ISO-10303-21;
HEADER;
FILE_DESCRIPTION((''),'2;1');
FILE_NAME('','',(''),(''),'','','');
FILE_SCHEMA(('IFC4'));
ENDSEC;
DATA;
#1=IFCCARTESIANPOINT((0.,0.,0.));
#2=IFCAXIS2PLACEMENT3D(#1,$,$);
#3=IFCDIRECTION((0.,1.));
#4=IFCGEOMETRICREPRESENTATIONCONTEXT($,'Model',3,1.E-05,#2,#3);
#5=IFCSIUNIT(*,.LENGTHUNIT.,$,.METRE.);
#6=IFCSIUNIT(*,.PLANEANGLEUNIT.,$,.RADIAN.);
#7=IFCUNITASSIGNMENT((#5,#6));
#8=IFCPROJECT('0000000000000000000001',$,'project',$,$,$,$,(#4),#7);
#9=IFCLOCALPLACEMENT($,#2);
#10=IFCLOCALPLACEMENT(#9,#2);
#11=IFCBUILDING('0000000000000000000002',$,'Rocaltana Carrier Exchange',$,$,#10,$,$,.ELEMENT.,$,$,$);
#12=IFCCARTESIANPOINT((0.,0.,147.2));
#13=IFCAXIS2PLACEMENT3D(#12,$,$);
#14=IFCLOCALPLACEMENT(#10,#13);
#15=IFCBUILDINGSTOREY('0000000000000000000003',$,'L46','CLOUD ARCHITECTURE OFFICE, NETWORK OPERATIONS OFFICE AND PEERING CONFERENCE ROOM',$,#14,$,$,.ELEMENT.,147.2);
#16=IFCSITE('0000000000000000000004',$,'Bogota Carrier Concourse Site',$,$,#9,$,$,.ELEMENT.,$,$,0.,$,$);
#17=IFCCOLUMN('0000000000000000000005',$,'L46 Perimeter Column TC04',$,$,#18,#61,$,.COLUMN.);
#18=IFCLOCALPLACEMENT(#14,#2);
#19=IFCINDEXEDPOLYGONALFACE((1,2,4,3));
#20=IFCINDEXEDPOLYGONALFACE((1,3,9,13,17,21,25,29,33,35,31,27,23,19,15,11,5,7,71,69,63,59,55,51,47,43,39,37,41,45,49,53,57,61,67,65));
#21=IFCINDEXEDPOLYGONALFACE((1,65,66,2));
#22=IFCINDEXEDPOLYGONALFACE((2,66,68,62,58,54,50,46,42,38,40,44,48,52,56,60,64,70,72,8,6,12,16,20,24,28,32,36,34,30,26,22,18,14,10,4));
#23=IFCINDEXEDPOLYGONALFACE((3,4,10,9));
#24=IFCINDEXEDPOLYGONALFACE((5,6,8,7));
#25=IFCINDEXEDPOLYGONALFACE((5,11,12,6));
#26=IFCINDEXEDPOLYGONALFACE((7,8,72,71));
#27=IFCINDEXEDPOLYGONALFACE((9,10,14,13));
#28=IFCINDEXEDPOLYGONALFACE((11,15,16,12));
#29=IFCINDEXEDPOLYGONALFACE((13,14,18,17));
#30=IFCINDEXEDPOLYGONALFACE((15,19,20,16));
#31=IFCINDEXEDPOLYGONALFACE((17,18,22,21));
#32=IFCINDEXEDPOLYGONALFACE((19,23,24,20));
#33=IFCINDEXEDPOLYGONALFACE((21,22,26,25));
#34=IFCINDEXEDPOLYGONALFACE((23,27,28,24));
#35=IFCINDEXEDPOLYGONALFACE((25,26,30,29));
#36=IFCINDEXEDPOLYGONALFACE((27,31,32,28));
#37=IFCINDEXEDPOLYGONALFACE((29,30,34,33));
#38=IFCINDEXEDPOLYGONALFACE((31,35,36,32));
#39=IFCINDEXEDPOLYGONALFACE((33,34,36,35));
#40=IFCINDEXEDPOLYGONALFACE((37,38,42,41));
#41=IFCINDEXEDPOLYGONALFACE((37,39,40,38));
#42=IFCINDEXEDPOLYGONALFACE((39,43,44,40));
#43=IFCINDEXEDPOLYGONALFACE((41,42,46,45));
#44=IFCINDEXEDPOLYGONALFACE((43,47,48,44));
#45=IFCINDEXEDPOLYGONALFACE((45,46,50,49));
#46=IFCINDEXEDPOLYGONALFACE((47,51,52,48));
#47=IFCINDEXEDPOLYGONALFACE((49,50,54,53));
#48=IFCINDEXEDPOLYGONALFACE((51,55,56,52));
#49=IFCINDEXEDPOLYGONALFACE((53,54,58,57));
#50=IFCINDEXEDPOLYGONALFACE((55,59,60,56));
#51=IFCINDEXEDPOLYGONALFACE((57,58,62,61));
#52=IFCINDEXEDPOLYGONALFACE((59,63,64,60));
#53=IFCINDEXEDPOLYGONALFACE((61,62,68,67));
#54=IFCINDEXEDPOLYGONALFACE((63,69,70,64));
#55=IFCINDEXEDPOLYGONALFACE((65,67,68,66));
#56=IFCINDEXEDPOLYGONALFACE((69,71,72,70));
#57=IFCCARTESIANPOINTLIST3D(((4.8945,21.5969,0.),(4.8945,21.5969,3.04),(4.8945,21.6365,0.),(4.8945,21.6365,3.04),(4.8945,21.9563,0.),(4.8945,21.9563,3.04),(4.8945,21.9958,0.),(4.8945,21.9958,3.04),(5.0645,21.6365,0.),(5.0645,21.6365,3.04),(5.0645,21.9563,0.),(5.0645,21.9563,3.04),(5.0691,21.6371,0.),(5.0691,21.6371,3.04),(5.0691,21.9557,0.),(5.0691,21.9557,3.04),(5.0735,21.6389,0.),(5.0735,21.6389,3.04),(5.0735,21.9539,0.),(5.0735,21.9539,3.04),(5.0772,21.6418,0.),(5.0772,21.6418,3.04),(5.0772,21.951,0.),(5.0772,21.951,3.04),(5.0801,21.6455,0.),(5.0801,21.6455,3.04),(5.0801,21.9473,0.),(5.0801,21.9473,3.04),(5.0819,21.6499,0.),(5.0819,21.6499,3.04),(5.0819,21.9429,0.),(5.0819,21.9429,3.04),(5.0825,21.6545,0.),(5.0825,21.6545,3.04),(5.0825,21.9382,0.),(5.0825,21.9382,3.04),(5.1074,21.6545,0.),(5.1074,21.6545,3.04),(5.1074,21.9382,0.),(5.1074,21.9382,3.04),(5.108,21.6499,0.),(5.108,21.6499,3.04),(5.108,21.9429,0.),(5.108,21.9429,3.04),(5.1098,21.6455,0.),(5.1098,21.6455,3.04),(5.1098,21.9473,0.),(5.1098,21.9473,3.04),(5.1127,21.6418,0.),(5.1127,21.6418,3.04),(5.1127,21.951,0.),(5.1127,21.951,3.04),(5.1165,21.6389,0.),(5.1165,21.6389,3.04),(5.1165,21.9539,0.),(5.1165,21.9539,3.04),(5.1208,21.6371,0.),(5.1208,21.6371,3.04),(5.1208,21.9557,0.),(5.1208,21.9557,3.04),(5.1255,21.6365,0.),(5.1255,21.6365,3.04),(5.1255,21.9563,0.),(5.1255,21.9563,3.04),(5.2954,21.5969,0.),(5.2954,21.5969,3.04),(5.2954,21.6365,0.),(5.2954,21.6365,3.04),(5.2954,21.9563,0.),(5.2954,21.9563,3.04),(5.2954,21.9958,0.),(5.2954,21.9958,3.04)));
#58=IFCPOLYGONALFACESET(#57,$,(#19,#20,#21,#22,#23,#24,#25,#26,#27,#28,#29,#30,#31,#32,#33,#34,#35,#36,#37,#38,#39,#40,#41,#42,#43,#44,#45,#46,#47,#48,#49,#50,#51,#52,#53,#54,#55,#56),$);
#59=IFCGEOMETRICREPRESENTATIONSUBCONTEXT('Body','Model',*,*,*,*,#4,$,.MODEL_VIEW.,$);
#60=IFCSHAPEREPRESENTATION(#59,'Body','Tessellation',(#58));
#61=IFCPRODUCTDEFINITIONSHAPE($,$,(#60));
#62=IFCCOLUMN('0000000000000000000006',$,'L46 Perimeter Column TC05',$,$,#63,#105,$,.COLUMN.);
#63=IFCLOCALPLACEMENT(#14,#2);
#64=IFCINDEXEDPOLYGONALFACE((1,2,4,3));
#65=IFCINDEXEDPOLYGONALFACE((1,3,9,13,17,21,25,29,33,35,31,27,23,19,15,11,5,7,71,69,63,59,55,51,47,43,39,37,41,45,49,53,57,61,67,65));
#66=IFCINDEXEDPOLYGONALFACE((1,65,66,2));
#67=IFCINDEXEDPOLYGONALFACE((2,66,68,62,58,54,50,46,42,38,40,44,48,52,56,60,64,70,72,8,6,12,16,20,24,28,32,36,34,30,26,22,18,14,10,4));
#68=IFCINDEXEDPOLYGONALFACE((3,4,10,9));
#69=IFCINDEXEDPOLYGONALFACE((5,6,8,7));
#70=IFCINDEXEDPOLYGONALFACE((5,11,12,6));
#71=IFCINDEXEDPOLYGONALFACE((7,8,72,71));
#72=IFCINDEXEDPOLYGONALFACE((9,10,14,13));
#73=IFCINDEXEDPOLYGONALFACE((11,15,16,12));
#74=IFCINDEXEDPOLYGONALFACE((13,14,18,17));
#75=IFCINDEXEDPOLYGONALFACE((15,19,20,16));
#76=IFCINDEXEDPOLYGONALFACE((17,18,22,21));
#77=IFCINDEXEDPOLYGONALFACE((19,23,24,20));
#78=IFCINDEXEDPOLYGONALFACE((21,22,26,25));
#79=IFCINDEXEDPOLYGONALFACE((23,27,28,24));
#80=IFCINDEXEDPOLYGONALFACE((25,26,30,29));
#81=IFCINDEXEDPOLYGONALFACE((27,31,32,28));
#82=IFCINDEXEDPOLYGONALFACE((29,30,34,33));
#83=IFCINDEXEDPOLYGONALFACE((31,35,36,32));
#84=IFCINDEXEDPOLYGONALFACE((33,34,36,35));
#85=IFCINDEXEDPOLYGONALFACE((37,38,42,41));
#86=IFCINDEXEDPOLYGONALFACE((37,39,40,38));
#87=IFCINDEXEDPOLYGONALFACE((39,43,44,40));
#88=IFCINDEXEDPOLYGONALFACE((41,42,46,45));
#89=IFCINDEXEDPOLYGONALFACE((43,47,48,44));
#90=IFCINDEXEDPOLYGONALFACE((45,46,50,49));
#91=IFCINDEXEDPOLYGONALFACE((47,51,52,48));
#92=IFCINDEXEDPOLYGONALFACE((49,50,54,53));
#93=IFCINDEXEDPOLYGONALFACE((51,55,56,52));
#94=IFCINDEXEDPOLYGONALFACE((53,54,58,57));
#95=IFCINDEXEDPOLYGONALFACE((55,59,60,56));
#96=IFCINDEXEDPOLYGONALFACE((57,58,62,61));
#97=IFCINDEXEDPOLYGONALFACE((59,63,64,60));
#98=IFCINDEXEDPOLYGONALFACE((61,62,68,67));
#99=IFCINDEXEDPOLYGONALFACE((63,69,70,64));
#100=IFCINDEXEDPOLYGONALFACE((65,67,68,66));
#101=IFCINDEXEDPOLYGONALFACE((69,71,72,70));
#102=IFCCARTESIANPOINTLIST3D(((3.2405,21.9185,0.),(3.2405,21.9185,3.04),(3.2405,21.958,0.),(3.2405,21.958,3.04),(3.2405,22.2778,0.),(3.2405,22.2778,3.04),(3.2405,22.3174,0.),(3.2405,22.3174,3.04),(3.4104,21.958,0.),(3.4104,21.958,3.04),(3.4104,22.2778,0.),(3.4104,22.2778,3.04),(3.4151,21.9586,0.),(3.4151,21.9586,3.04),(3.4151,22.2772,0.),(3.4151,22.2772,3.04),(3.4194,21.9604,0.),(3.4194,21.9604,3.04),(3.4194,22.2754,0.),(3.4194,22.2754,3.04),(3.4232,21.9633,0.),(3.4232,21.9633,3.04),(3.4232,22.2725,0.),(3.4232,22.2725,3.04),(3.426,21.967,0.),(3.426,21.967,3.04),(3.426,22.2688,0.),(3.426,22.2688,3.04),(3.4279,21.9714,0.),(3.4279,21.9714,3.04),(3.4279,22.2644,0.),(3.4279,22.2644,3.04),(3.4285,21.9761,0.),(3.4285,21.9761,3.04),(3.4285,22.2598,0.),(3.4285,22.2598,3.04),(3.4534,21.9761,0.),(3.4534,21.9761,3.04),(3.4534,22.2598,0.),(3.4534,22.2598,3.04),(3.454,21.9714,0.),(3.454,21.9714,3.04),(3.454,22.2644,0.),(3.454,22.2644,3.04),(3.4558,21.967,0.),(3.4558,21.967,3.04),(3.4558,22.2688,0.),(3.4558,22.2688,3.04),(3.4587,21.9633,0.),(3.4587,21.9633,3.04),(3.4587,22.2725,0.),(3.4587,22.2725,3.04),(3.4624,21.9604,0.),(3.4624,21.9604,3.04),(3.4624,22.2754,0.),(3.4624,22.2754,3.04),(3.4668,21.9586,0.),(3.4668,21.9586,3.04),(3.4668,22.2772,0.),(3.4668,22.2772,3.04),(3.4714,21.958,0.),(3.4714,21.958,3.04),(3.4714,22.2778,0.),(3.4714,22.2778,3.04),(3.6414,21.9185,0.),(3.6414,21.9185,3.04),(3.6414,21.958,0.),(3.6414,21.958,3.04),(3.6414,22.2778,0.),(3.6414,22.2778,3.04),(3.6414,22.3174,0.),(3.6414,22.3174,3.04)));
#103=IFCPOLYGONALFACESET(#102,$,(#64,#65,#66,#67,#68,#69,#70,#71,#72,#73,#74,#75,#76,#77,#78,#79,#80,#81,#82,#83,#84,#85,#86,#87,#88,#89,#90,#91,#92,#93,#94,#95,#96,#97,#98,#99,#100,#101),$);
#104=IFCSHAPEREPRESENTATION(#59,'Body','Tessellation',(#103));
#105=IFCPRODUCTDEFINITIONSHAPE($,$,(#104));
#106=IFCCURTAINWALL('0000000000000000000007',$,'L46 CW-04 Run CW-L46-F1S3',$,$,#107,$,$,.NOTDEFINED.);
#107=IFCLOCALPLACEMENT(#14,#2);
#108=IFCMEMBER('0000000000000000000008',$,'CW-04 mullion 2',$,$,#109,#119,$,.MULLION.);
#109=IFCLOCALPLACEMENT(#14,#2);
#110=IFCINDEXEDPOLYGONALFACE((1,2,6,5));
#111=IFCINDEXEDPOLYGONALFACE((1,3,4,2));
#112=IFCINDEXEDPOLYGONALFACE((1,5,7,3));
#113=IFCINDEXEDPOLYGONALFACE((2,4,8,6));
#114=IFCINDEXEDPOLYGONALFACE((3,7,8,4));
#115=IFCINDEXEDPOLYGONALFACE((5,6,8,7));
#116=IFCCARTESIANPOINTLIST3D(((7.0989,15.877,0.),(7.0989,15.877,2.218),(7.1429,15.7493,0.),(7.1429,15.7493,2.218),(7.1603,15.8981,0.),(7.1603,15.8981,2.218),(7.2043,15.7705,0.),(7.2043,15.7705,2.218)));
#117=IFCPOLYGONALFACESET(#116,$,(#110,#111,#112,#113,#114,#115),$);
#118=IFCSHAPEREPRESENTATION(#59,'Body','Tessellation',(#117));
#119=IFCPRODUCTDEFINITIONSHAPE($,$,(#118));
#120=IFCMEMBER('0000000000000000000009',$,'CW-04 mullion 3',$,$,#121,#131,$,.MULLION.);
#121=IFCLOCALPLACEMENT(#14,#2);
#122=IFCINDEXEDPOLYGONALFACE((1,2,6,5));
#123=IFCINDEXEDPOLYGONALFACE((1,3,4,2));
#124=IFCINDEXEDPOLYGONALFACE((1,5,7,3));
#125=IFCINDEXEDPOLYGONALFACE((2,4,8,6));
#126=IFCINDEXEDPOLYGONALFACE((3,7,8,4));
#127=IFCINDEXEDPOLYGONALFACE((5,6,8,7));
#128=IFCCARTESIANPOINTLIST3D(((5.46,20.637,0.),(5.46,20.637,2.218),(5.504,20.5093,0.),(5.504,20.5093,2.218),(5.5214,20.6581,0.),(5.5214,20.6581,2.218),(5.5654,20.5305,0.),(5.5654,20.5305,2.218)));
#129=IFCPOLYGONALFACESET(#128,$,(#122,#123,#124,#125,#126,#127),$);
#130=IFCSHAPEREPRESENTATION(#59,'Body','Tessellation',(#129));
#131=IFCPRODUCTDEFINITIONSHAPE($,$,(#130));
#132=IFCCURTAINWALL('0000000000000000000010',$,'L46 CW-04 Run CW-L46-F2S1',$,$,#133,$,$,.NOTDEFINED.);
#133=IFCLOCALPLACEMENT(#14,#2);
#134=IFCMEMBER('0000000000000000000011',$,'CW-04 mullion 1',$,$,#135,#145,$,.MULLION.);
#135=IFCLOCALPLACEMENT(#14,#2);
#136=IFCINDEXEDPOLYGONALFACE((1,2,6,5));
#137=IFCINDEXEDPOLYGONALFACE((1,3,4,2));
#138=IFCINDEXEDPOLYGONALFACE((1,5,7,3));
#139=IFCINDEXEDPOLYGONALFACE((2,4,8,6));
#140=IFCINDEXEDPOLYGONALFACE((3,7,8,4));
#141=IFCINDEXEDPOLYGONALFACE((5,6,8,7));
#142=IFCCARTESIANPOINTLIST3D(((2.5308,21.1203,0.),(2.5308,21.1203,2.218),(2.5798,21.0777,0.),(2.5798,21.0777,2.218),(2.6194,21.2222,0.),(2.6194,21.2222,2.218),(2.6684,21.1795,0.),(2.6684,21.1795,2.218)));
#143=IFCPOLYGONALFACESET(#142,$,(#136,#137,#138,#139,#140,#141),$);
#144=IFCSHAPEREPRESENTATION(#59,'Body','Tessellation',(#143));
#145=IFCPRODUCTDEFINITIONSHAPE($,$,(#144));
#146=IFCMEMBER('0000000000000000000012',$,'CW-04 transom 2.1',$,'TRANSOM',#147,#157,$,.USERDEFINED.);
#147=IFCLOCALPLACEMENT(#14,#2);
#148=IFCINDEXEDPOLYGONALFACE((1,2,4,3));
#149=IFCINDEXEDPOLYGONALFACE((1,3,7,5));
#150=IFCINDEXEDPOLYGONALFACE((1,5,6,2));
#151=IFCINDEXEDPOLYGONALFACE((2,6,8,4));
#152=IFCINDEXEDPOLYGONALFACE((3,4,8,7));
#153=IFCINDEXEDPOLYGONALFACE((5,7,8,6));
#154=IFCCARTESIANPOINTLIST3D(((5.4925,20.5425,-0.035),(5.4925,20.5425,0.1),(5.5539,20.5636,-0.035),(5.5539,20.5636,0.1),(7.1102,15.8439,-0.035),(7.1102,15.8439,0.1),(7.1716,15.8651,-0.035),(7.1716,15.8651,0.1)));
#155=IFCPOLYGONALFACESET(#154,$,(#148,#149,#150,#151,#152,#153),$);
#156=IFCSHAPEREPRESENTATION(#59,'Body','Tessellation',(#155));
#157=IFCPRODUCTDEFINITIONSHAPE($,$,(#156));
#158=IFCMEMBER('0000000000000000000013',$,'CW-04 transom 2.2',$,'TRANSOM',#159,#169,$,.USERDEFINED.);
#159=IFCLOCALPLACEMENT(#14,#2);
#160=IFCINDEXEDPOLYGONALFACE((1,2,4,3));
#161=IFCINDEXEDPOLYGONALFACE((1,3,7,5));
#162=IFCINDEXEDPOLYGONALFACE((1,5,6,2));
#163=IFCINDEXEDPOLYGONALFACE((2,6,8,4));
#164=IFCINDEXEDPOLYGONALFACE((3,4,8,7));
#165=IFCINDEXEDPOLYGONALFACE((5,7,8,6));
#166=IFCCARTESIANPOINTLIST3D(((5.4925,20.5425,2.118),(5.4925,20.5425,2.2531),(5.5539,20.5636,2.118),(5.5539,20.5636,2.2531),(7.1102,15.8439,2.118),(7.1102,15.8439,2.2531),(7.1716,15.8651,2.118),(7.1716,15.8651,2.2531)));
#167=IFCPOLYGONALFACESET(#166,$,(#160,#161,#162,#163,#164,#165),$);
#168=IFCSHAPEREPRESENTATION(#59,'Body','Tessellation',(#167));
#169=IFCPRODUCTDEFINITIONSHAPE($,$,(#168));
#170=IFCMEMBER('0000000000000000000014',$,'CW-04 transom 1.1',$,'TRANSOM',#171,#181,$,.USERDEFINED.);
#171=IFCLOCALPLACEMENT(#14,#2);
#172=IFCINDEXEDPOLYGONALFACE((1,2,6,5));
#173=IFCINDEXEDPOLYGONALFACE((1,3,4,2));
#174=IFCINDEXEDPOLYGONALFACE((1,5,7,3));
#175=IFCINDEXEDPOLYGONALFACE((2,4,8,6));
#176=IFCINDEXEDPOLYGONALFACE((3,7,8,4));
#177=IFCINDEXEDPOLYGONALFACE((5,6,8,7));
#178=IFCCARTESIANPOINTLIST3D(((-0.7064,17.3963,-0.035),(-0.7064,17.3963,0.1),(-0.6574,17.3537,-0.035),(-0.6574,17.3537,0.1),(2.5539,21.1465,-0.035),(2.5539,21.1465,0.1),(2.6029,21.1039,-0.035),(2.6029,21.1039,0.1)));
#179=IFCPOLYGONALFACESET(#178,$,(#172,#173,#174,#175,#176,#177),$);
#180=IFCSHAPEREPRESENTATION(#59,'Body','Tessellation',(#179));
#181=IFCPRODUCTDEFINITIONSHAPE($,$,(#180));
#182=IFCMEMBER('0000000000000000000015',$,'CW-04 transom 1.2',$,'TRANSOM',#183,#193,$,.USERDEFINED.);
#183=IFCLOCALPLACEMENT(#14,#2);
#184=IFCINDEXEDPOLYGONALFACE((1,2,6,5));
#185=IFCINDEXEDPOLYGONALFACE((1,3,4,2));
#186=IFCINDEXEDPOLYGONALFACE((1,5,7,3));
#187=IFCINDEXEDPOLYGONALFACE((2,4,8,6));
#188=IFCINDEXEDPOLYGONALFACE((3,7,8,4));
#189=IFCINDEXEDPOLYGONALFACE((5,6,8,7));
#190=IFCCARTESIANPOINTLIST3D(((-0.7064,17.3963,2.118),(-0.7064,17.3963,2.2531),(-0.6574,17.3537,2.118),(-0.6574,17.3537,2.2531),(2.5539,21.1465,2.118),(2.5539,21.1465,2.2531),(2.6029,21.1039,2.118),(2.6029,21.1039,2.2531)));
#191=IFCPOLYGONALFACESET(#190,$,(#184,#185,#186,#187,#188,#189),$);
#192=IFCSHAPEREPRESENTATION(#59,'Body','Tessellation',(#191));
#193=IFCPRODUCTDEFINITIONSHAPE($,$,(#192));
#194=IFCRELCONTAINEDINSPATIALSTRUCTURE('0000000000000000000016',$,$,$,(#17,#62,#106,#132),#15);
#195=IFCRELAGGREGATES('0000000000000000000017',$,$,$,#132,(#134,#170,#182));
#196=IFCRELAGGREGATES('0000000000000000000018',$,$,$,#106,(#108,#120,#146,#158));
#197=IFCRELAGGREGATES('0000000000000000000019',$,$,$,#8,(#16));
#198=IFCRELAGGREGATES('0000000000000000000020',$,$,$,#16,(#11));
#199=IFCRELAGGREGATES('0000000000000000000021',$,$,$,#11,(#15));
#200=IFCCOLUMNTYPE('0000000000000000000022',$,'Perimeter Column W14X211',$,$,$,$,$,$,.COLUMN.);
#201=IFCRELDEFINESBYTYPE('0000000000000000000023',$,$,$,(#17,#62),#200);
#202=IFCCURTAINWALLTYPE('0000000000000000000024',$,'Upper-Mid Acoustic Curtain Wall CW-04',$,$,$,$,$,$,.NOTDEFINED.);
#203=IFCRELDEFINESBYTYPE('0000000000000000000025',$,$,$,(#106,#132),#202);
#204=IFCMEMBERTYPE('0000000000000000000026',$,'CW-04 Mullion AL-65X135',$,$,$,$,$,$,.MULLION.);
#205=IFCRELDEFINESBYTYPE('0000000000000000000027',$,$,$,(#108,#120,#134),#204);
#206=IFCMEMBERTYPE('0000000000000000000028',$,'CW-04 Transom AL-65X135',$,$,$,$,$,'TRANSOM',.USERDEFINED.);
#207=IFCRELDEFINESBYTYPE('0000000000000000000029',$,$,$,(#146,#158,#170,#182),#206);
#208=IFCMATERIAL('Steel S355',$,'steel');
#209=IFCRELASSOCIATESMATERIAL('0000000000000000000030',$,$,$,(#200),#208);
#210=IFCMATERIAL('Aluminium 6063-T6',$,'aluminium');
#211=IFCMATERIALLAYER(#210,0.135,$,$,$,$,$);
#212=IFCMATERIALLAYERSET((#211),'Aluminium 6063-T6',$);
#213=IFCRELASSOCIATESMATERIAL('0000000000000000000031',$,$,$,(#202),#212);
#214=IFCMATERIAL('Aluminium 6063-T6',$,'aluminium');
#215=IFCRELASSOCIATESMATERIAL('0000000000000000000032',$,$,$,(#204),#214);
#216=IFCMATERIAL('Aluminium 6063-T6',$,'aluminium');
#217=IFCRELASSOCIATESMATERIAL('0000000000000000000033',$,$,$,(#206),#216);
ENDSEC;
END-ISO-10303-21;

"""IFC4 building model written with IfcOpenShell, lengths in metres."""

from ifc_helpers import new_model, si_unit, direction, frame, origin, origin_2d, place, context, subcontext, project, spatial, rectangle, i_section, extrude, material, layer, layer_set, material_profile, profile_set, type_object, element, aggregate, save


model = new_model("IFC4")

# Units and contexts
model_context = context("Model", 3, precision=1e-05, world=origin(), true_north=direction((0.0, 1.0)))
body_context = subcontext(model_context, "Body", "Model", "MODEL_VIEW")
ifc_project = project(units=[si_unit("LENGTHUNIT", "METRE"), si_unit("PLANEANGLEUNIT", "RADIAN")], contexts=[model_context])

# Site, building, storey
site_placement = place(None, origin())
site = spatial("IfcSite", under=ifc_project, at=site_placement, Name="Bogota Carrier Concourse Site", CompositionType="ELEMENT", RefElevation=0.0)
building_placement = place(site_placement, origin())
building = spatial("IfcBuilding", under=site, at=building_placement, Name="Rocaltana Carrier Exchange", CompositionType="ELEMENT")
storey_placement = place(building_placement, frame((0.0, 0.0, 147.2)))
storey = spatial("IfcBuildingStorey", under=building, at=storey_placement, Name="L46", Description="CLOUD ARCHITECTURE OFFICE, NETWORK OPERATIONS OFFICE AND PEERING CONFERENCE ROOM", CompositionType="ELEMENT", Elevation=147.2)

# Columns
ifc_material_1 = material(Name="Steel S355", Category="steel")
ifc_material_profile_1 = material_profile(ifc_material_1, i_section(OverallWidth=0.4009, OverallDepth=0.3989, WebThickness=0.0249, FlangeThickness=0.0396, FilletRadius=0.0181, at=origin_2d()), Name="W14X211")
ifc_profile_set_1 = profile_set([ifc_material_profile_1], Name="Steel S355")
column_type = type_object("IfcColumnType", Name="Perimeter Column W14X211", PredefinedType="COLUMN", material=ifc_profile_set_1)
for number, where, z_axis, x_axis, name in (
    (1, (5.095, 21.7964, 0.0), (0.0, 0.0, 1.0), (1.0, 0.0, 0.0), "L46 Perimeter Column TC04"),
    (2, (3.4409, 22.1179, 0.0), (0.0, 0.0, 1.0), (1.0, 0.0, 0.0), "L46 Perimeter Column TC05"),
):
    element("IfcColumn", number, at=place(storey_placement, frame(where, z_axis=z_axis, x_axis=x_axis)), inside=storey, type_object=column_type, Name=name, PredefinedType="COLUMN", context=body_context, shape_type="SweptSolid", body=[
        extrude(i_section(OverallWidth=0.4009, OverallDepth=0.3989, WebThickness=0.0249, FlangeThickness=0.0396, FilletRadius=0.0181, at=origin_2d()), origin(), (0.0, 0.0, 1.0), 3.04),
    ])

# Curtain wall, members
ifc_material_2 = material(Name="Aluminium 6063-T6", Category="aluminium")
ifc_layer_1 = layer(ifc_material_2, 0.135)
ifc_layer_set_1 = layer_set([ifc_layer_1], Name="Aluminium 6063-T6")
curtain_wall_type = type_object("IfcCurtainWallType", Name="Upper-Mid Acoustic Curtain Wall CW-04", PredefinedType="NOTDEFINED", material=ifc_layer_set_1)
curtain_wall_1_placement = place(storey_placement, origin())
curtain_wall_1 = element("IfcCurtainWall", 3, at=curtain_wall_1_placement, inside=storey, type_object=curtain_wall_type, Name="L46 CW-04 Run CW-L46-F1S3", PredefinedType="NOTDEFINED")
ifc_material_3 = material(Name="Aluminium 6063-T6", Category="aluminium")
ifc_material_profile_2 = material_profile(ifc_material_3, rectangle(XDim=0.0649, YDim=0.135, at=origin_2d()), Name="AL-65X135")
ifc_profile_set_2 = profile_set([ifc_material_profile_2], Name="Aluminium 6063-T6")
member_type_1 = type_object("IfcMemberType", Name="CW-04 Mullion AL-65X135", PredefinedType="MULLION", material=ifc_profile_set_2)
member_1_placement = place(storey_placement, frame((7.1516, 15.8237, 0.0), z_axis=(0.0, 0.0, 1.0), x_axis=(-0.945522, -0.325559, 0.0)))
member_1 = element("IfcMember", 4, at=member_1_placement, type_object=member_type_1, Name="CW-04 mullion 2", PredefinedType="MULLION", context=body_context, shape_type="SweptSolid", body=[
    extrude(rectangle(XDim=0.0649, YDim=0.135, at=origin_2d()), origin(), (0.0, 0.0, 1.0), 2.218),
])
member_2_placement = place(storey_placement, frame((5.5127, 20.5837, 0.0), z_axis=(0.0, 0.0, 1.0), x_axis=(-0.945522, -0.325559, 0.0)))
member_2 = element("IfcMember", 5, at=member_2_placement, type_object=member_type_1, Name="CW-04 mullion 3", PredefinedType="MULLION", context=body_context, shape_type="SweptSolid", body=[
    extrude(rectangle(XDim=0.0649, YDim=0.135, at=origin_2d()), origin(), (0.0, 0.0, 1.0), 2.218),
])

# Curtain wall, member
curtain_wall_2_placement = place(storey_placement, origin())
curtain_wall_2 = element("IfcCurtainWall", 6, at=curtain_wall_2_placement, inside=storey, type_object=curtain_wall_type, Name="L46 CW-04 Run CW-L46-F2S1", PredefinedType="NOTDEFINED")
member_3_placement = place(storey_placement, frame((2.5996, 21.1499, 0.0), z_axis=(0.0, 0.0, 1.0), x_axis=(0.754712, -0.656057, 0.0)))
member_3 = element("IfcMember", 7, at=member_3_placement, type_object=member_type_1, Name="CW-04 mullion 1", PredefinedType="MULLION", context=body_context, shape_type="SweptSolid", body=[
    extrude(rectangle(XDim=0.0649, YDim=0.135, at=origin_2d()), origin(), (0.0, 0.0, 1.0), 2.218),
])

# Members
ifc_material_4 = material(Name="Aluminium 6063-T6", Category="aluminium")
ifc_material_profile_3 = material_profile(ifc_material_4, rectangle(XDim=0.0649, YDim=0.135, at=origin_2d()), Name="AL-65X135")
ifc_profile_set_3 = profile_set([ifc_material_profile_3], Name="Aluminium 6063-T6")
member_type_2 = type_object("IfcMemberType", Name="CW-04 Transom AL-65X135", ElementType="TRANSOM", PredefinedType="USERDEFINED", material=ifc_profile_set_3)
member_4_placement = place(storey_placement, frame((7.1409, 15.8545, 0.0325), z_axis=(-0.325542, 0.945527, 0.0), x_axis=(-0.945527, -0.325542, 0.0)))
member_4 = element("IfcMember", 8, at=member_4_placement, type_object=member_type_2, Name="CW-04 transom 2.1", ObjectType="TRANSOM", PredefinedType="USERDEFINED", context=body_context, shape_type="SweptSolid", body=[
    extrude(rectangle(XDim=0.0649, YDim=0.135, at=origin_2d()), origin(), (0.0, 0.0, 1.0), 4.9692),
])
member_5_placement = place(storey_placement, frame((7.1409, 15.8545, 2.1855), z_axis=(-0.325542, 0.945527, 0.0), x_axis=(-0.945527, -0.325542, 0.0)))
member_5 = element("IfcMember", 9, at=member_5_placement, type_object=member_type_2, Name="CW-04 transom 2.2", ObjectType="TRANSOM", PredefinedType="USERDEFINED", context=body_context, shape_type="SweptSolid", body=[
    extrude(rectangle(XDim=0.0649, YDim=0.135, at=origin_2d()), origin(), (0.0, 0.0, 1.0), 4.9692),
])
member_6_placement = place(storey_placement, frame((2.5784, 21.1252, 0.0325), z_axis=(-0.656084, -0.754688, 0.0), x_axis=(0.754688, -0.656084, 0.0)))
member_6 = element("IfcMember", 10, at=member_6_placement, type_object=member_type_2, Name="CW-04 transom 1.1", ObjectType="TRANSOM", PredefinedType="USERDEFINED", context=body_context, shape_type="SweptSolid", body=[
    extrude(rectangle(XDim=0.0649, YDim=0.135, at=origin_2d()), origin(), (0.0, 0.0, 1.0), 4.9692),
])
member_7_placement = place(storey_placement, frame((2.5784, 21.1252, 2.1855), z_axis=(-0.656084, -0.754688, 0.0), x_axis=(0.754688, -0.656084, 0.0)))
member_7 = element("IfcMember", 11, at=member_7_placement, type_object=member_type_2, Name="CW-04 transom 1.2", ObjectType="TRANSOM", PredefinedType="USERDEFINED", context=body_context, shape_type="SweptSolid", body=[
    extrude(rectangle(XDim=0.0649, YDim=0.135, at=origin_2d()), origin(), (0.0, 0.0, 1.0), 4.9692),
])
aggregate(curtain_wall_2, [member_3, member_6, member_7])

aggregate(curtain_wall_1, [member_1, member_2, member_4, member_5])

save(model, "model.ifc")
